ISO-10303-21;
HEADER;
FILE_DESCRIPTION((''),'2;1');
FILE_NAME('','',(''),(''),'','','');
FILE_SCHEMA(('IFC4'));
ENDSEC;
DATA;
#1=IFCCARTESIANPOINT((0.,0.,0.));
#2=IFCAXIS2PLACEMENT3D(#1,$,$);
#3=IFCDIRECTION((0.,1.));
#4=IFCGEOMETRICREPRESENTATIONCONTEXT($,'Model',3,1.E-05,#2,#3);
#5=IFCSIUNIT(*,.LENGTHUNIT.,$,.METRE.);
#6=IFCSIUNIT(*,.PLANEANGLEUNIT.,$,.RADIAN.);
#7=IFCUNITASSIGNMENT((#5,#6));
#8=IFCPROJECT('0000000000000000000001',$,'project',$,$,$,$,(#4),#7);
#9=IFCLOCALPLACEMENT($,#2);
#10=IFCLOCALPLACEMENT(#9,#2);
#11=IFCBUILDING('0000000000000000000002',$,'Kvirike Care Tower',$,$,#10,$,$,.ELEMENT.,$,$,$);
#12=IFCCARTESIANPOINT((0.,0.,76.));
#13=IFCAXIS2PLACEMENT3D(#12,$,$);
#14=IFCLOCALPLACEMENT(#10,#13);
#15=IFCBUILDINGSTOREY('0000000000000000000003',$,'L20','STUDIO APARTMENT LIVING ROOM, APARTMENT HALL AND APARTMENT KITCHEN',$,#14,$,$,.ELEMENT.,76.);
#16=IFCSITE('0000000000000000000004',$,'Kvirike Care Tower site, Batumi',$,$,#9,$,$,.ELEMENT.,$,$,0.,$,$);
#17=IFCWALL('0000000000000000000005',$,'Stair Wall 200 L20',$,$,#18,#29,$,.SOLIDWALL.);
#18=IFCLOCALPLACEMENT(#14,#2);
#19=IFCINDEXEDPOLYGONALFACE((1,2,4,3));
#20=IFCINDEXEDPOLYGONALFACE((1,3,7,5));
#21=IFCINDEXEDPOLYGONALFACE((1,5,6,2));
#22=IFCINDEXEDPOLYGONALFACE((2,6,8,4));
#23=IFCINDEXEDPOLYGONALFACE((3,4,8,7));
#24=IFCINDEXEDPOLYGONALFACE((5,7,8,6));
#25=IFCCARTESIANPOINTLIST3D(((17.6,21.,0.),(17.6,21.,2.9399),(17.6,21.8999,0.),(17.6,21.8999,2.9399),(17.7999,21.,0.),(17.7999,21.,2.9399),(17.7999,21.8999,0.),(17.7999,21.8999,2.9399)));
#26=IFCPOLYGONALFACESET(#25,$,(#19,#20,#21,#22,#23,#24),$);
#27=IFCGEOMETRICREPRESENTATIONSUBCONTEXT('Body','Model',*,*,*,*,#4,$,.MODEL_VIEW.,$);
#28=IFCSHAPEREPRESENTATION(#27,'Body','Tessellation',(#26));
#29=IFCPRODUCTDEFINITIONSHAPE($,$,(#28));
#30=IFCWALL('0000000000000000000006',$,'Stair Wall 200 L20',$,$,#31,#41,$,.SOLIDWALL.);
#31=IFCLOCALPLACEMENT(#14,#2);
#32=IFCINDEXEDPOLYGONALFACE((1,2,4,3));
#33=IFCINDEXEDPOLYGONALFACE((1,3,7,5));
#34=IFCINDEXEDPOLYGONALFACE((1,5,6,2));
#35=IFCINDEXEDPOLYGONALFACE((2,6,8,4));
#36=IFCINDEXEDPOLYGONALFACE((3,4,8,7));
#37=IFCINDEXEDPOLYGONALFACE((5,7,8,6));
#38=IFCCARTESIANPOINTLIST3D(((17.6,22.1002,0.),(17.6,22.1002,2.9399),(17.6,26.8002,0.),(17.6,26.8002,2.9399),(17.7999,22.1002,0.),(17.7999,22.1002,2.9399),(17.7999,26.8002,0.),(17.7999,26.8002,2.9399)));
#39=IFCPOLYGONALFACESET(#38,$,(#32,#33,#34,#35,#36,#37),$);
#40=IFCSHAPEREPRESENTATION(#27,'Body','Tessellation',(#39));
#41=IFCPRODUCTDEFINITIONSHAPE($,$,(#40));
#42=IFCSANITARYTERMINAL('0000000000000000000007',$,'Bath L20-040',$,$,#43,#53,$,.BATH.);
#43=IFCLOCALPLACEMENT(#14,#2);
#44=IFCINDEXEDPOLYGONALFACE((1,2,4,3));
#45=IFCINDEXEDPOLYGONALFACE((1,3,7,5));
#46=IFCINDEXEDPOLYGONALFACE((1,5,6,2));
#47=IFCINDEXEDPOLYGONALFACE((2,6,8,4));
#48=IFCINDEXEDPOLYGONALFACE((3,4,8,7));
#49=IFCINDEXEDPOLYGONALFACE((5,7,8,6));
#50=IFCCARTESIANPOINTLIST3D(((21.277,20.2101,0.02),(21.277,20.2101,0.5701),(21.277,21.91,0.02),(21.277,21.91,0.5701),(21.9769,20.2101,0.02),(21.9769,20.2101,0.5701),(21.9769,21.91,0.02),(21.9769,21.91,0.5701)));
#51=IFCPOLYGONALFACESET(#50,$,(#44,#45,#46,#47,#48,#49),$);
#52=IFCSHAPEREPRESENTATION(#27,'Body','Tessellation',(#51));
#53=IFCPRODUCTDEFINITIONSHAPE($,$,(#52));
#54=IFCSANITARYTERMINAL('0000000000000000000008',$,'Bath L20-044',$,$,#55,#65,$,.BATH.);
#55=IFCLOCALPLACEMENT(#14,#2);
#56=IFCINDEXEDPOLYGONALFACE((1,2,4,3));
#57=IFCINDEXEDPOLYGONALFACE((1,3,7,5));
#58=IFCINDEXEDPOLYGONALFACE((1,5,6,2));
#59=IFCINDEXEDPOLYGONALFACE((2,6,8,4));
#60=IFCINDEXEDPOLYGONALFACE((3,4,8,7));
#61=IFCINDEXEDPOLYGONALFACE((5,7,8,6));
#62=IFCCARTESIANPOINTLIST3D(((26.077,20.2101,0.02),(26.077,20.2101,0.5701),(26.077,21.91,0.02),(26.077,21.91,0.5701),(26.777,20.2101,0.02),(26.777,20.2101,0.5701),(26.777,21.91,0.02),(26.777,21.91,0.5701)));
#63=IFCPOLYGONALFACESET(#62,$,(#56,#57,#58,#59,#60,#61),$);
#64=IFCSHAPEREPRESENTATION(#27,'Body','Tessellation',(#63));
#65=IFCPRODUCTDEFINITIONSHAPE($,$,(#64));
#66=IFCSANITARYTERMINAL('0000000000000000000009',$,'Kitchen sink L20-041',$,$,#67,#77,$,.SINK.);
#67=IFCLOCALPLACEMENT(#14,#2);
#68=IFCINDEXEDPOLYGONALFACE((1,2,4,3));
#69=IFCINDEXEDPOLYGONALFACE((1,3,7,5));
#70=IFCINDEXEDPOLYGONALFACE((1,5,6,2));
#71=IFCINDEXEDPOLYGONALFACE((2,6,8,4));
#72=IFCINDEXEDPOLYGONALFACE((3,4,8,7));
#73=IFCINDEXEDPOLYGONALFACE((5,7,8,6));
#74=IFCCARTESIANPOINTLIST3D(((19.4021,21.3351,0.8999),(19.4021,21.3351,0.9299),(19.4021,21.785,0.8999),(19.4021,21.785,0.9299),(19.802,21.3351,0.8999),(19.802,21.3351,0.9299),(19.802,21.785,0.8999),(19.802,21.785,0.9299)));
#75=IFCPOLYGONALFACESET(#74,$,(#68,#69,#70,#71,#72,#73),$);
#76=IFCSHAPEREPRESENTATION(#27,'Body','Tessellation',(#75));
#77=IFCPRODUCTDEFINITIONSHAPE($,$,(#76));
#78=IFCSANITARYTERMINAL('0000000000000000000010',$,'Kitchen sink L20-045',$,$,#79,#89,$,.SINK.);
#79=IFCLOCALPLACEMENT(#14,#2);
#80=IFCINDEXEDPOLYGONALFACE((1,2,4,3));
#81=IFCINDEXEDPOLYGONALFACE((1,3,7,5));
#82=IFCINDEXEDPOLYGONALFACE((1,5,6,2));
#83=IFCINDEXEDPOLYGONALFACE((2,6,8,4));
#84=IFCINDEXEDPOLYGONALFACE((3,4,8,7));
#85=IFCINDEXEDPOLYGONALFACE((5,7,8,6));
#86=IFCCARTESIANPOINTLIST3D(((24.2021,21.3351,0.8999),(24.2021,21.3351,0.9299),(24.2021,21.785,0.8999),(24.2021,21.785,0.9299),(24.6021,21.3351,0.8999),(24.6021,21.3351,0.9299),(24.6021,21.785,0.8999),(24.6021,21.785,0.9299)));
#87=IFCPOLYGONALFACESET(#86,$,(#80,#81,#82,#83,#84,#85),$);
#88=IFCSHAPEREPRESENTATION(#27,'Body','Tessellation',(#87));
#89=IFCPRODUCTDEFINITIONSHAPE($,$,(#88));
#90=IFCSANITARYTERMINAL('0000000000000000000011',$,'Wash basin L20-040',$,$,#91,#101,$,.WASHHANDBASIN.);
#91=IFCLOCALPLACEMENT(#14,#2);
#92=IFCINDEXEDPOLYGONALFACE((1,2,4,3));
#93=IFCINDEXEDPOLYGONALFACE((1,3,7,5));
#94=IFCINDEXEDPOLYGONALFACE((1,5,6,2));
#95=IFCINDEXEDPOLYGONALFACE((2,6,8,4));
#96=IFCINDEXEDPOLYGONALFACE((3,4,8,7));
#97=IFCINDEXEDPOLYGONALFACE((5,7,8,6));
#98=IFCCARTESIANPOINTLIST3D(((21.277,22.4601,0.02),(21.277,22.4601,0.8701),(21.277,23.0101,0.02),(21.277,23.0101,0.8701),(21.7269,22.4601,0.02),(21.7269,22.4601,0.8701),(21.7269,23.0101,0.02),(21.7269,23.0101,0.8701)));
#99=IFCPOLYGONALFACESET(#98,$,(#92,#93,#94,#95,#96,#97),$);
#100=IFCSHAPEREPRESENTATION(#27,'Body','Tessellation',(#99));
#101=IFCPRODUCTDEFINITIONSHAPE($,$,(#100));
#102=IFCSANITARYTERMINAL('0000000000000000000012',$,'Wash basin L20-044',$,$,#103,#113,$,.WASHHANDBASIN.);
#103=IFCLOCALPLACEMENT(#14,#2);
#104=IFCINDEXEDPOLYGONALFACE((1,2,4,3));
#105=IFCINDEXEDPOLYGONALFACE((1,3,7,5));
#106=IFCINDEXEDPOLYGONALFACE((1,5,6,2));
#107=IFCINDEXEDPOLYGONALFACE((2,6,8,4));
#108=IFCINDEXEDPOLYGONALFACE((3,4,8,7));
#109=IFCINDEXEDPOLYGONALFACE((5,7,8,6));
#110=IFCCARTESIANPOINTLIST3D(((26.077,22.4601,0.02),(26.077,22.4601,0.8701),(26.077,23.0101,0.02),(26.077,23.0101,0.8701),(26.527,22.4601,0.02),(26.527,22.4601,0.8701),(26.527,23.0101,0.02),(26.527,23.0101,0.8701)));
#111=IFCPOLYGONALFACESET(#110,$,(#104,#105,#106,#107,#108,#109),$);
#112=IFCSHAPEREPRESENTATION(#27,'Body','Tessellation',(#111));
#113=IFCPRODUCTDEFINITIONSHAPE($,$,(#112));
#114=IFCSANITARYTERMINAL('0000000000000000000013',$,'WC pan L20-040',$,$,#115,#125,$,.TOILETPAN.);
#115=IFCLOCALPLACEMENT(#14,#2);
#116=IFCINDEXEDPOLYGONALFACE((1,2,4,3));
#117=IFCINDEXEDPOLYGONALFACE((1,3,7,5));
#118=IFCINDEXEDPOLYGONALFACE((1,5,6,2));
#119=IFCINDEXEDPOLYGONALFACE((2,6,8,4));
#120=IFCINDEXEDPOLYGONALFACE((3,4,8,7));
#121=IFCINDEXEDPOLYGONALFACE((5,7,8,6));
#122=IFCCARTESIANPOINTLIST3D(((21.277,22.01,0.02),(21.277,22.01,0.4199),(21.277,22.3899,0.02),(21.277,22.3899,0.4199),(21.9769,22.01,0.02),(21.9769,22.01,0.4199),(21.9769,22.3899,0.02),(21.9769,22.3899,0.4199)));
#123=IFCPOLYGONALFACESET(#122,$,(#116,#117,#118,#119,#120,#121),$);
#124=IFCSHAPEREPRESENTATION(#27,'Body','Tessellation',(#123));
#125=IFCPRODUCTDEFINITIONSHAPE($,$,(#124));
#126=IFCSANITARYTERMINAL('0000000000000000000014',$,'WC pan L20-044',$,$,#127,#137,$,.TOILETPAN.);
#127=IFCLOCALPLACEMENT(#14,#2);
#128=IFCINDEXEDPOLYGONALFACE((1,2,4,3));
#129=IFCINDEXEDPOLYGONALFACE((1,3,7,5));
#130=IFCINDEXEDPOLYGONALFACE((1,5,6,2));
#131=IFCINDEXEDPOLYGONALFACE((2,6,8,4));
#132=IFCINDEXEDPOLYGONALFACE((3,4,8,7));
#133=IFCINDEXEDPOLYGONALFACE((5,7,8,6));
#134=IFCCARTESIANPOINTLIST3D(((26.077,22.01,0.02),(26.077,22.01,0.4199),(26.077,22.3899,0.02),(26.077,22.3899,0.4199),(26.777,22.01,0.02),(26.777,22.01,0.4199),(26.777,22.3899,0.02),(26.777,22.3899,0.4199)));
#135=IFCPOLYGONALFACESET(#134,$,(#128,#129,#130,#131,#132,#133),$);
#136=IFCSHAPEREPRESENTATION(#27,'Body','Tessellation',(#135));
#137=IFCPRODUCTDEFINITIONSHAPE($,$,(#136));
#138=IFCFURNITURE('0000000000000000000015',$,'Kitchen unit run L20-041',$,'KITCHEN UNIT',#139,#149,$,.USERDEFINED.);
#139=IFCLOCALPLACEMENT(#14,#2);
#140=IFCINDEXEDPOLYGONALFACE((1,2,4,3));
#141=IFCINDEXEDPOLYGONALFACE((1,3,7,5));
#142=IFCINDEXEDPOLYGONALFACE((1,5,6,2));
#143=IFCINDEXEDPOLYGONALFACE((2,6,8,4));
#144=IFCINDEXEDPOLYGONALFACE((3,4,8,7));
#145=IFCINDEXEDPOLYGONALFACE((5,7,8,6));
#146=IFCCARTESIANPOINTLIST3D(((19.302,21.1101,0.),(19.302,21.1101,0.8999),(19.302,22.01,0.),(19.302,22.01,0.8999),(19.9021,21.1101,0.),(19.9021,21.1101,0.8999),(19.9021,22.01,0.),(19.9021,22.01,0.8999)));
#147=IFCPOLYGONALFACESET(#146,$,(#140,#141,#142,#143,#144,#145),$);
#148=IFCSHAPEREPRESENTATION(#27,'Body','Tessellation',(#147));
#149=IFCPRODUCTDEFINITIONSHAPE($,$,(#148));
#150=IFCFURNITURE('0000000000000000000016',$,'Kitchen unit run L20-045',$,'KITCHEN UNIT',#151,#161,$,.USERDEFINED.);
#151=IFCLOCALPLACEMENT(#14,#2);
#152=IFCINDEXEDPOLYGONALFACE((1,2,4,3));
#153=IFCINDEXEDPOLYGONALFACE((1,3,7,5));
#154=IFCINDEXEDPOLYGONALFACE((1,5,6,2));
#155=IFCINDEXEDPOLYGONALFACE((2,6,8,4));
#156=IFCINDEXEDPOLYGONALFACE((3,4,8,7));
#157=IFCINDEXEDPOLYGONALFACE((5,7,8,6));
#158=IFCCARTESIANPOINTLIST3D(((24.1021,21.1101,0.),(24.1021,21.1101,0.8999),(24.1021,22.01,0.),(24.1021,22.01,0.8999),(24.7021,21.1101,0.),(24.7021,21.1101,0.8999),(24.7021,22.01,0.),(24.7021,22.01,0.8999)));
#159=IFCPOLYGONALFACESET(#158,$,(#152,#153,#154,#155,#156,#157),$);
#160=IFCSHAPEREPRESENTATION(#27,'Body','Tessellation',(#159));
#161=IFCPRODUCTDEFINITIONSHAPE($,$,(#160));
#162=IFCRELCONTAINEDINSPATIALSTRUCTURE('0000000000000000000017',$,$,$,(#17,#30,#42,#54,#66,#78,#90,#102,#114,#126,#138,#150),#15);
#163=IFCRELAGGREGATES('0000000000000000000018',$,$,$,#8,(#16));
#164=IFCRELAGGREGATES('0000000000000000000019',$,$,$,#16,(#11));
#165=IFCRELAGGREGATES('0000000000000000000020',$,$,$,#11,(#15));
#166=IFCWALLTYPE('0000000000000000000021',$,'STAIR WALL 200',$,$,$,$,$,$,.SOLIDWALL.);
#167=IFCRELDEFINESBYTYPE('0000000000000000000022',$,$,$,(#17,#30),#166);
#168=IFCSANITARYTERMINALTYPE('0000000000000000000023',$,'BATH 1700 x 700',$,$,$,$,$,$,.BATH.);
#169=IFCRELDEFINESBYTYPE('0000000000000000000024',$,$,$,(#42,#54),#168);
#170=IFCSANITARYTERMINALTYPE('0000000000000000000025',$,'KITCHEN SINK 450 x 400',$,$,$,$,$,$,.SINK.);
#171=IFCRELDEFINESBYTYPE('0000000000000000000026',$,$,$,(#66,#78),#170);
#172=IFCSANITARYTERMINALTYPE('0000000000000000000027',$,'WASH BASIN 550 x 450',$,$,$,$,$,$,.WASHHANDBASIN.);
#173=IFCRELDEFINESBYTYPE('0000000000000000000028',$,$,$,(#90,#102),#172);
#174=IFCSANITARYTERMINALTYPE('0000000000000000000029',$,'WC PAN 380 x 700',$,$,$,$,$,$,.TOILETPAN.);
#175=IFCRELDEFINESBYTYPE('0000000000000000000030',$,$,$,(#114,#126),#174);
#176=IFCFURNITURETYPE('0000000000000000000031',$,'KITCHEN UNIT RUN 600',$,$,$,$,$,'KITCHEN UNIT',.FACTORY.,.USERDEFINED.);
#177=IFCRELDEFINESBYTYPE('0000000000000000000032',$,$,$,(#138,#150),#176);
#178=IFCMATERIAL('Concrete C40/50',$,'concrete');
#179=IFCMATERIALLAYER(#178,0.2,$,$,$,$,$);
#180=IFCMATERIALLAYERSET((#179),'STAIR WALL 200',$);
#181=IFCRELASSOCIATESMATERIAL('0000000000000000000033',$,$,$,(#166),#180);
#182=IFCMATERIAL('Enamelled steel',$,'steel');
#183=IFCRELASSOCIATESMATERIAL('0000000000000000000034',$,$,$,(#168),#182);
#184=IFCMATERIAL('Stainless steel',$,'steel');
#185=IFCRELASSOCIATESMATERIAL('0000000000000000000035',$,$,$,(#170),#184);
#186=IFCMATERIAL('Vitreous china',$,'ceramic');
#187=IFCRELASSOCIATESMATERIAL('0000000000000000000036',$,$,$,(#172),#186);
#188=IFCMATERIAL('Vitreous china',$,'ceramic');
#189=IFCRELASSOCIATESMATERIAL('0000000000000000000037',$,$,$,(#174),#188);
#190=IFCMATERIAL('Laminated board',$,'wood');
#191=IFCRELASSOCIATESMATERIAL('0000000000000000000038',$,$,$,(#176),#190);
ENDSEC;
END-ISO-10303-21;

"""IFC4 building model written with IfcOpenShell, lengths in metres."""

from ifc_helpers import new_model, si_unit, direction, frame, frame_2d, origin, origin_2d, place, context, subcontext, project, spatial, rectangle, extrude, material, layer, layer_set, type_object, element, save


model = new_model("IFC4")

# Units and contexts
model_context = context("Model", 3, precision=1e-05, world=origin(), true_north=direction((0.0, 1.0)))
body_context = subcontext(model_context, "Body", "Model", "MODEL_VIEW")
ifc_project = project(units=[si_unit("LENGTHUNIT", "METRE"), si_unit("PLANEANGLEUNIT", "RADIAN")], contexts=[model_context])

# Site, building, storey
site_placement = place(None, origin())
site = spatial("IfcSite", under=ifc_project, at=site_placement, Name="Kvirike Care Tower site, Batumi", CompositionType="ELEMENT", RefElevation=0.0)
building_placement = place(site_placement, origin())
building = spatial("IfcBuilding", under=site, at=building_placement, Name="Kvirike Care Tower", CompositionType="ELEMENT")
storey_placement = place(building_placement, frame((0.0, 0.0, 76.0)))
storey = spatial("IfcBuildingStorey", under=building, at=storey_placement, Name="L20", Description="STUDIO APARTMENT LIVING ROOM, APARTMENT HALL AND APARTMENT KITCHEN", CompositionType="ELEMENT", Elevation=76.0)

# Walls
ifc_material_1 = material(Name="Concrete C40/50", Category="concrete")
ifc_layer_1 = layer(ifc_material_1, 0.2)
ifc_layer_set_1 = layer_set([ifc_layer_1], Name="STAIR WALL 200")
wall_type_1 = type_object("IfcWallType", Name="STAIR WALL 200", PredefinedType="SOLIDWALL", material=ifc_layer_set_1)
wall_1_placement = place(storey_placement, frame((17.7, 21.0, 0.0), z_axis=(0.0, 0.0, 1.0), x_axis=(0.0, 1.0, 0.0)))
element("IfcWall", 1, at=wall_1_placement, inside=storey, type_object=wall_type_1, Name="Stair Wall 200 L20", PredefinedType="SOLIDWALL", context=body_context, shape_type="SweptSolid", body=[
    extrude(rectangle(XDim=0.8999, YDim=0.2, at=frame_2d((0.45, 0.0))), origin(), (0.0, 0.0, 1.0), 2.9399),
])
wall_2_placement = place(storey_placement, frame((17.7, 22.1001, 0.0), z_axis=(0.0, 0.0, 1.0), x_axis=(0.0, 1.0, 0.0)))
element("IfcWall", 2, at=wall_2_placement, inside=storey, type_object=wall_type_1, Name="Stair Wall 200 L20", PredefinedType="SOLIDWALL", context=body_context, shape_type="SweptSolid", body=[
    extrude(rectangle(XDim=4.7, YDim=0.2, at=frame_2d((2.3501, 0.0))), origin(), (0.0, 0.0, 1.0), 2.9399),
])

# Sanitary terminals
ifc_material_2 = material(Name="Enamelled steel", Category="steel")
sanitary_terminal_type_1 = type_object("IfcSanitaryTerminalType", Name="BATH 1700 x 700", PredefinedType="BATH", material=ifc_material_2)
for number, where, z_axis, x_axis, name in (
    (3, (21.627, 21.0601, 0.02), (0.0, 0.0, 1.0), (0.0, 1.0, 0.0), "Bath L20-040"),
    (4, (26.427, 21.0601, 0.02), (0.0, 0.0, 1.0), (0.0, 1.0, 0.0), "Bath L20-044"),
):
    element("IfcSanitaryTerminal", number, at=place(storey_placement, frame(where, z_axis=z_axis, x_axis=x_axis)), inside=storey, type_object=sanitary_terminal_type_1, Name=name, PredefinedType="BATH", context=body_context, shape_type="SweptSolid", body=[
        extrude(rectangle(XDim=1.7, YDim=0.7, at=origin_2d()), origin(), (0.0, 0.0, 1.0), 0.55),
    ])
ifc_material_3 = material(Name="Stainless steel", Category="steel")
sanitary_terminal_type_2 = type_object("IfcSanitaryTerminalType", Name="KITCHEN SINK 450 x 400", PredefinedType="SINK", material=ifc_material_3)
for number, where, z_axis, x_axis, name in (
    (5, (19.6021, 21.5601, 0.8999), (0.0, 0.0, 1.0), (0.0, 1.0, 0.0), "Kitchen sink L20-041"),
    (6, (24.4021, 21.5601, 0.8999), (0.0, 0.0, 1.0), (0.0, 1.0, 0.0), "Kitchen sink L20-045"),
):
    element("IfcSanitaryTerminal", number, at=place(storey_placement, frame(where, z_axis=z_axis, x_axis=x_axis)), inside=storey, type_object=sanitary_terminal_type_2, Name=name, PredefinedType="SINK", context=body_context, shape_type="SweptSolid", body=[
        extrude(rectangle(XDim=0.45, YDim=0.3999, at=origin_2d()), origin(), (0.0, 0.0, 1.0), 0.03),
    ])
ifc_material_4 = material(Name="Vitreous china", Category="ceramic")
sanitary_terminal_type_3 = type_object("IfcSanitaryTerminalType", Name="WASH BASIN 550 x 450", PredefinedType="WASHHANDBASIN", material=ifc_material_4)
for number, where, z_axis, x_axis, name in (
    (7, (21.502, 22.7351, 0.02), (0.0, 0.0, 1.0), (0.0, 1.0, 0.0), "Wash basin L20-040"),
    (8, (26.302, 22.7351, 0.02), (0.0, 0.0, 1.0), (0.0, 1.0, 0.0), "Wash basin L20-044"),
):
    element("IfcSanitaryTerminal", number, at=place(storey_placement, frame(where, z_axis=z_axis, x_axis=x_axis)), inside=storey, type_object=sanitary_terminal_type_3, Name=name, PredefinedType="WASHHANDBASIN", context=body_context, shape_type="SweptSolid", body=[
        extrude(rectangle(XDim=0.55, YDim=0.45, at=origin_2d()), origin(), (0.0, 0.0, 1.0), 0.8501),
    ])
ifc_material_5 = material(Name="Vitreous china", Category="ceramic")
sanitary_terminal_type_4 = type_object("IfcSanitaryTerminalType", Name="WC PAN 380 x 700", PredefinedType="TOILETPAN", material=ifc_material_5)
for number, where, z_axis, x_axis, name in (
    (9, (21.627, 22.2, 0.02), (0.0, 0.0, 1.0), (0.0, 1.0, 0.0), "WC pan L20-040"),
    (10, (26.427, 22.2, 0.02), (0.0, 0.0, 1.0), (0.0, 1.0, 0.0), "WC pan L20-044"),
):
    element("IfcSanitaryTerminal", number, at=place(storey_placement, frame(where, z_axis=z_axis, x_axis=x_axis)), inside=storey, type_object=sanitary_terminal_type_4, Name=name, PredefinedType="TOILETPAN", context=body_context, shape_type="SweptSolid", body=[
        extrude(rectangle(XDim=0.3799, YDim=0.7, at=origin_2d()), origin(), (0.0, 0.0, 1.0), 0.3999),
    ])

# Furniture
ifc_material_6 = material(Name="Laminated board", Category="wood")
furniture_type = type_object("IfcFurnitureType", Name="KITCHEN UNIT RUN 600", ElementType="KITCHEN UNIT", AssemblyPlace="FACTORY", PredefinedType="USERDEFINED", material=ifc_material_6)
for number, where, z_axis, x_axis, name in (
    (11, (19.6021, 21.5601, 0.0), (0.0, 0.0, 1.0), (0.0, 1.0, 0.0), "Kitchen unit run L20-041"),
    (12, (24.4021, 21.5601, 0.0), (0.0, 0.0, 1.0), (0.0, 1.0, 0.0), "Kitchen unit run L20-045"),
):
    element("IfcFurniture", number, at=place(storey_placement, frame(where, z_axis=z_axis, x_axis=x_axis)), inside=storey, type_object=furniture_type, Name=name, ObjectType="KITCHEN UNIT", PredefinedType="USERDEFINED", context=body_context, shape_type="SweptSolid", body=[
        extrude(rectangle(XDim=0.8999, YDim=0.6001, at=origin_2d()), origin(), (0.0, 0.0, 1.0), 0.8999),
    ])

save(model, "model.ifc")
